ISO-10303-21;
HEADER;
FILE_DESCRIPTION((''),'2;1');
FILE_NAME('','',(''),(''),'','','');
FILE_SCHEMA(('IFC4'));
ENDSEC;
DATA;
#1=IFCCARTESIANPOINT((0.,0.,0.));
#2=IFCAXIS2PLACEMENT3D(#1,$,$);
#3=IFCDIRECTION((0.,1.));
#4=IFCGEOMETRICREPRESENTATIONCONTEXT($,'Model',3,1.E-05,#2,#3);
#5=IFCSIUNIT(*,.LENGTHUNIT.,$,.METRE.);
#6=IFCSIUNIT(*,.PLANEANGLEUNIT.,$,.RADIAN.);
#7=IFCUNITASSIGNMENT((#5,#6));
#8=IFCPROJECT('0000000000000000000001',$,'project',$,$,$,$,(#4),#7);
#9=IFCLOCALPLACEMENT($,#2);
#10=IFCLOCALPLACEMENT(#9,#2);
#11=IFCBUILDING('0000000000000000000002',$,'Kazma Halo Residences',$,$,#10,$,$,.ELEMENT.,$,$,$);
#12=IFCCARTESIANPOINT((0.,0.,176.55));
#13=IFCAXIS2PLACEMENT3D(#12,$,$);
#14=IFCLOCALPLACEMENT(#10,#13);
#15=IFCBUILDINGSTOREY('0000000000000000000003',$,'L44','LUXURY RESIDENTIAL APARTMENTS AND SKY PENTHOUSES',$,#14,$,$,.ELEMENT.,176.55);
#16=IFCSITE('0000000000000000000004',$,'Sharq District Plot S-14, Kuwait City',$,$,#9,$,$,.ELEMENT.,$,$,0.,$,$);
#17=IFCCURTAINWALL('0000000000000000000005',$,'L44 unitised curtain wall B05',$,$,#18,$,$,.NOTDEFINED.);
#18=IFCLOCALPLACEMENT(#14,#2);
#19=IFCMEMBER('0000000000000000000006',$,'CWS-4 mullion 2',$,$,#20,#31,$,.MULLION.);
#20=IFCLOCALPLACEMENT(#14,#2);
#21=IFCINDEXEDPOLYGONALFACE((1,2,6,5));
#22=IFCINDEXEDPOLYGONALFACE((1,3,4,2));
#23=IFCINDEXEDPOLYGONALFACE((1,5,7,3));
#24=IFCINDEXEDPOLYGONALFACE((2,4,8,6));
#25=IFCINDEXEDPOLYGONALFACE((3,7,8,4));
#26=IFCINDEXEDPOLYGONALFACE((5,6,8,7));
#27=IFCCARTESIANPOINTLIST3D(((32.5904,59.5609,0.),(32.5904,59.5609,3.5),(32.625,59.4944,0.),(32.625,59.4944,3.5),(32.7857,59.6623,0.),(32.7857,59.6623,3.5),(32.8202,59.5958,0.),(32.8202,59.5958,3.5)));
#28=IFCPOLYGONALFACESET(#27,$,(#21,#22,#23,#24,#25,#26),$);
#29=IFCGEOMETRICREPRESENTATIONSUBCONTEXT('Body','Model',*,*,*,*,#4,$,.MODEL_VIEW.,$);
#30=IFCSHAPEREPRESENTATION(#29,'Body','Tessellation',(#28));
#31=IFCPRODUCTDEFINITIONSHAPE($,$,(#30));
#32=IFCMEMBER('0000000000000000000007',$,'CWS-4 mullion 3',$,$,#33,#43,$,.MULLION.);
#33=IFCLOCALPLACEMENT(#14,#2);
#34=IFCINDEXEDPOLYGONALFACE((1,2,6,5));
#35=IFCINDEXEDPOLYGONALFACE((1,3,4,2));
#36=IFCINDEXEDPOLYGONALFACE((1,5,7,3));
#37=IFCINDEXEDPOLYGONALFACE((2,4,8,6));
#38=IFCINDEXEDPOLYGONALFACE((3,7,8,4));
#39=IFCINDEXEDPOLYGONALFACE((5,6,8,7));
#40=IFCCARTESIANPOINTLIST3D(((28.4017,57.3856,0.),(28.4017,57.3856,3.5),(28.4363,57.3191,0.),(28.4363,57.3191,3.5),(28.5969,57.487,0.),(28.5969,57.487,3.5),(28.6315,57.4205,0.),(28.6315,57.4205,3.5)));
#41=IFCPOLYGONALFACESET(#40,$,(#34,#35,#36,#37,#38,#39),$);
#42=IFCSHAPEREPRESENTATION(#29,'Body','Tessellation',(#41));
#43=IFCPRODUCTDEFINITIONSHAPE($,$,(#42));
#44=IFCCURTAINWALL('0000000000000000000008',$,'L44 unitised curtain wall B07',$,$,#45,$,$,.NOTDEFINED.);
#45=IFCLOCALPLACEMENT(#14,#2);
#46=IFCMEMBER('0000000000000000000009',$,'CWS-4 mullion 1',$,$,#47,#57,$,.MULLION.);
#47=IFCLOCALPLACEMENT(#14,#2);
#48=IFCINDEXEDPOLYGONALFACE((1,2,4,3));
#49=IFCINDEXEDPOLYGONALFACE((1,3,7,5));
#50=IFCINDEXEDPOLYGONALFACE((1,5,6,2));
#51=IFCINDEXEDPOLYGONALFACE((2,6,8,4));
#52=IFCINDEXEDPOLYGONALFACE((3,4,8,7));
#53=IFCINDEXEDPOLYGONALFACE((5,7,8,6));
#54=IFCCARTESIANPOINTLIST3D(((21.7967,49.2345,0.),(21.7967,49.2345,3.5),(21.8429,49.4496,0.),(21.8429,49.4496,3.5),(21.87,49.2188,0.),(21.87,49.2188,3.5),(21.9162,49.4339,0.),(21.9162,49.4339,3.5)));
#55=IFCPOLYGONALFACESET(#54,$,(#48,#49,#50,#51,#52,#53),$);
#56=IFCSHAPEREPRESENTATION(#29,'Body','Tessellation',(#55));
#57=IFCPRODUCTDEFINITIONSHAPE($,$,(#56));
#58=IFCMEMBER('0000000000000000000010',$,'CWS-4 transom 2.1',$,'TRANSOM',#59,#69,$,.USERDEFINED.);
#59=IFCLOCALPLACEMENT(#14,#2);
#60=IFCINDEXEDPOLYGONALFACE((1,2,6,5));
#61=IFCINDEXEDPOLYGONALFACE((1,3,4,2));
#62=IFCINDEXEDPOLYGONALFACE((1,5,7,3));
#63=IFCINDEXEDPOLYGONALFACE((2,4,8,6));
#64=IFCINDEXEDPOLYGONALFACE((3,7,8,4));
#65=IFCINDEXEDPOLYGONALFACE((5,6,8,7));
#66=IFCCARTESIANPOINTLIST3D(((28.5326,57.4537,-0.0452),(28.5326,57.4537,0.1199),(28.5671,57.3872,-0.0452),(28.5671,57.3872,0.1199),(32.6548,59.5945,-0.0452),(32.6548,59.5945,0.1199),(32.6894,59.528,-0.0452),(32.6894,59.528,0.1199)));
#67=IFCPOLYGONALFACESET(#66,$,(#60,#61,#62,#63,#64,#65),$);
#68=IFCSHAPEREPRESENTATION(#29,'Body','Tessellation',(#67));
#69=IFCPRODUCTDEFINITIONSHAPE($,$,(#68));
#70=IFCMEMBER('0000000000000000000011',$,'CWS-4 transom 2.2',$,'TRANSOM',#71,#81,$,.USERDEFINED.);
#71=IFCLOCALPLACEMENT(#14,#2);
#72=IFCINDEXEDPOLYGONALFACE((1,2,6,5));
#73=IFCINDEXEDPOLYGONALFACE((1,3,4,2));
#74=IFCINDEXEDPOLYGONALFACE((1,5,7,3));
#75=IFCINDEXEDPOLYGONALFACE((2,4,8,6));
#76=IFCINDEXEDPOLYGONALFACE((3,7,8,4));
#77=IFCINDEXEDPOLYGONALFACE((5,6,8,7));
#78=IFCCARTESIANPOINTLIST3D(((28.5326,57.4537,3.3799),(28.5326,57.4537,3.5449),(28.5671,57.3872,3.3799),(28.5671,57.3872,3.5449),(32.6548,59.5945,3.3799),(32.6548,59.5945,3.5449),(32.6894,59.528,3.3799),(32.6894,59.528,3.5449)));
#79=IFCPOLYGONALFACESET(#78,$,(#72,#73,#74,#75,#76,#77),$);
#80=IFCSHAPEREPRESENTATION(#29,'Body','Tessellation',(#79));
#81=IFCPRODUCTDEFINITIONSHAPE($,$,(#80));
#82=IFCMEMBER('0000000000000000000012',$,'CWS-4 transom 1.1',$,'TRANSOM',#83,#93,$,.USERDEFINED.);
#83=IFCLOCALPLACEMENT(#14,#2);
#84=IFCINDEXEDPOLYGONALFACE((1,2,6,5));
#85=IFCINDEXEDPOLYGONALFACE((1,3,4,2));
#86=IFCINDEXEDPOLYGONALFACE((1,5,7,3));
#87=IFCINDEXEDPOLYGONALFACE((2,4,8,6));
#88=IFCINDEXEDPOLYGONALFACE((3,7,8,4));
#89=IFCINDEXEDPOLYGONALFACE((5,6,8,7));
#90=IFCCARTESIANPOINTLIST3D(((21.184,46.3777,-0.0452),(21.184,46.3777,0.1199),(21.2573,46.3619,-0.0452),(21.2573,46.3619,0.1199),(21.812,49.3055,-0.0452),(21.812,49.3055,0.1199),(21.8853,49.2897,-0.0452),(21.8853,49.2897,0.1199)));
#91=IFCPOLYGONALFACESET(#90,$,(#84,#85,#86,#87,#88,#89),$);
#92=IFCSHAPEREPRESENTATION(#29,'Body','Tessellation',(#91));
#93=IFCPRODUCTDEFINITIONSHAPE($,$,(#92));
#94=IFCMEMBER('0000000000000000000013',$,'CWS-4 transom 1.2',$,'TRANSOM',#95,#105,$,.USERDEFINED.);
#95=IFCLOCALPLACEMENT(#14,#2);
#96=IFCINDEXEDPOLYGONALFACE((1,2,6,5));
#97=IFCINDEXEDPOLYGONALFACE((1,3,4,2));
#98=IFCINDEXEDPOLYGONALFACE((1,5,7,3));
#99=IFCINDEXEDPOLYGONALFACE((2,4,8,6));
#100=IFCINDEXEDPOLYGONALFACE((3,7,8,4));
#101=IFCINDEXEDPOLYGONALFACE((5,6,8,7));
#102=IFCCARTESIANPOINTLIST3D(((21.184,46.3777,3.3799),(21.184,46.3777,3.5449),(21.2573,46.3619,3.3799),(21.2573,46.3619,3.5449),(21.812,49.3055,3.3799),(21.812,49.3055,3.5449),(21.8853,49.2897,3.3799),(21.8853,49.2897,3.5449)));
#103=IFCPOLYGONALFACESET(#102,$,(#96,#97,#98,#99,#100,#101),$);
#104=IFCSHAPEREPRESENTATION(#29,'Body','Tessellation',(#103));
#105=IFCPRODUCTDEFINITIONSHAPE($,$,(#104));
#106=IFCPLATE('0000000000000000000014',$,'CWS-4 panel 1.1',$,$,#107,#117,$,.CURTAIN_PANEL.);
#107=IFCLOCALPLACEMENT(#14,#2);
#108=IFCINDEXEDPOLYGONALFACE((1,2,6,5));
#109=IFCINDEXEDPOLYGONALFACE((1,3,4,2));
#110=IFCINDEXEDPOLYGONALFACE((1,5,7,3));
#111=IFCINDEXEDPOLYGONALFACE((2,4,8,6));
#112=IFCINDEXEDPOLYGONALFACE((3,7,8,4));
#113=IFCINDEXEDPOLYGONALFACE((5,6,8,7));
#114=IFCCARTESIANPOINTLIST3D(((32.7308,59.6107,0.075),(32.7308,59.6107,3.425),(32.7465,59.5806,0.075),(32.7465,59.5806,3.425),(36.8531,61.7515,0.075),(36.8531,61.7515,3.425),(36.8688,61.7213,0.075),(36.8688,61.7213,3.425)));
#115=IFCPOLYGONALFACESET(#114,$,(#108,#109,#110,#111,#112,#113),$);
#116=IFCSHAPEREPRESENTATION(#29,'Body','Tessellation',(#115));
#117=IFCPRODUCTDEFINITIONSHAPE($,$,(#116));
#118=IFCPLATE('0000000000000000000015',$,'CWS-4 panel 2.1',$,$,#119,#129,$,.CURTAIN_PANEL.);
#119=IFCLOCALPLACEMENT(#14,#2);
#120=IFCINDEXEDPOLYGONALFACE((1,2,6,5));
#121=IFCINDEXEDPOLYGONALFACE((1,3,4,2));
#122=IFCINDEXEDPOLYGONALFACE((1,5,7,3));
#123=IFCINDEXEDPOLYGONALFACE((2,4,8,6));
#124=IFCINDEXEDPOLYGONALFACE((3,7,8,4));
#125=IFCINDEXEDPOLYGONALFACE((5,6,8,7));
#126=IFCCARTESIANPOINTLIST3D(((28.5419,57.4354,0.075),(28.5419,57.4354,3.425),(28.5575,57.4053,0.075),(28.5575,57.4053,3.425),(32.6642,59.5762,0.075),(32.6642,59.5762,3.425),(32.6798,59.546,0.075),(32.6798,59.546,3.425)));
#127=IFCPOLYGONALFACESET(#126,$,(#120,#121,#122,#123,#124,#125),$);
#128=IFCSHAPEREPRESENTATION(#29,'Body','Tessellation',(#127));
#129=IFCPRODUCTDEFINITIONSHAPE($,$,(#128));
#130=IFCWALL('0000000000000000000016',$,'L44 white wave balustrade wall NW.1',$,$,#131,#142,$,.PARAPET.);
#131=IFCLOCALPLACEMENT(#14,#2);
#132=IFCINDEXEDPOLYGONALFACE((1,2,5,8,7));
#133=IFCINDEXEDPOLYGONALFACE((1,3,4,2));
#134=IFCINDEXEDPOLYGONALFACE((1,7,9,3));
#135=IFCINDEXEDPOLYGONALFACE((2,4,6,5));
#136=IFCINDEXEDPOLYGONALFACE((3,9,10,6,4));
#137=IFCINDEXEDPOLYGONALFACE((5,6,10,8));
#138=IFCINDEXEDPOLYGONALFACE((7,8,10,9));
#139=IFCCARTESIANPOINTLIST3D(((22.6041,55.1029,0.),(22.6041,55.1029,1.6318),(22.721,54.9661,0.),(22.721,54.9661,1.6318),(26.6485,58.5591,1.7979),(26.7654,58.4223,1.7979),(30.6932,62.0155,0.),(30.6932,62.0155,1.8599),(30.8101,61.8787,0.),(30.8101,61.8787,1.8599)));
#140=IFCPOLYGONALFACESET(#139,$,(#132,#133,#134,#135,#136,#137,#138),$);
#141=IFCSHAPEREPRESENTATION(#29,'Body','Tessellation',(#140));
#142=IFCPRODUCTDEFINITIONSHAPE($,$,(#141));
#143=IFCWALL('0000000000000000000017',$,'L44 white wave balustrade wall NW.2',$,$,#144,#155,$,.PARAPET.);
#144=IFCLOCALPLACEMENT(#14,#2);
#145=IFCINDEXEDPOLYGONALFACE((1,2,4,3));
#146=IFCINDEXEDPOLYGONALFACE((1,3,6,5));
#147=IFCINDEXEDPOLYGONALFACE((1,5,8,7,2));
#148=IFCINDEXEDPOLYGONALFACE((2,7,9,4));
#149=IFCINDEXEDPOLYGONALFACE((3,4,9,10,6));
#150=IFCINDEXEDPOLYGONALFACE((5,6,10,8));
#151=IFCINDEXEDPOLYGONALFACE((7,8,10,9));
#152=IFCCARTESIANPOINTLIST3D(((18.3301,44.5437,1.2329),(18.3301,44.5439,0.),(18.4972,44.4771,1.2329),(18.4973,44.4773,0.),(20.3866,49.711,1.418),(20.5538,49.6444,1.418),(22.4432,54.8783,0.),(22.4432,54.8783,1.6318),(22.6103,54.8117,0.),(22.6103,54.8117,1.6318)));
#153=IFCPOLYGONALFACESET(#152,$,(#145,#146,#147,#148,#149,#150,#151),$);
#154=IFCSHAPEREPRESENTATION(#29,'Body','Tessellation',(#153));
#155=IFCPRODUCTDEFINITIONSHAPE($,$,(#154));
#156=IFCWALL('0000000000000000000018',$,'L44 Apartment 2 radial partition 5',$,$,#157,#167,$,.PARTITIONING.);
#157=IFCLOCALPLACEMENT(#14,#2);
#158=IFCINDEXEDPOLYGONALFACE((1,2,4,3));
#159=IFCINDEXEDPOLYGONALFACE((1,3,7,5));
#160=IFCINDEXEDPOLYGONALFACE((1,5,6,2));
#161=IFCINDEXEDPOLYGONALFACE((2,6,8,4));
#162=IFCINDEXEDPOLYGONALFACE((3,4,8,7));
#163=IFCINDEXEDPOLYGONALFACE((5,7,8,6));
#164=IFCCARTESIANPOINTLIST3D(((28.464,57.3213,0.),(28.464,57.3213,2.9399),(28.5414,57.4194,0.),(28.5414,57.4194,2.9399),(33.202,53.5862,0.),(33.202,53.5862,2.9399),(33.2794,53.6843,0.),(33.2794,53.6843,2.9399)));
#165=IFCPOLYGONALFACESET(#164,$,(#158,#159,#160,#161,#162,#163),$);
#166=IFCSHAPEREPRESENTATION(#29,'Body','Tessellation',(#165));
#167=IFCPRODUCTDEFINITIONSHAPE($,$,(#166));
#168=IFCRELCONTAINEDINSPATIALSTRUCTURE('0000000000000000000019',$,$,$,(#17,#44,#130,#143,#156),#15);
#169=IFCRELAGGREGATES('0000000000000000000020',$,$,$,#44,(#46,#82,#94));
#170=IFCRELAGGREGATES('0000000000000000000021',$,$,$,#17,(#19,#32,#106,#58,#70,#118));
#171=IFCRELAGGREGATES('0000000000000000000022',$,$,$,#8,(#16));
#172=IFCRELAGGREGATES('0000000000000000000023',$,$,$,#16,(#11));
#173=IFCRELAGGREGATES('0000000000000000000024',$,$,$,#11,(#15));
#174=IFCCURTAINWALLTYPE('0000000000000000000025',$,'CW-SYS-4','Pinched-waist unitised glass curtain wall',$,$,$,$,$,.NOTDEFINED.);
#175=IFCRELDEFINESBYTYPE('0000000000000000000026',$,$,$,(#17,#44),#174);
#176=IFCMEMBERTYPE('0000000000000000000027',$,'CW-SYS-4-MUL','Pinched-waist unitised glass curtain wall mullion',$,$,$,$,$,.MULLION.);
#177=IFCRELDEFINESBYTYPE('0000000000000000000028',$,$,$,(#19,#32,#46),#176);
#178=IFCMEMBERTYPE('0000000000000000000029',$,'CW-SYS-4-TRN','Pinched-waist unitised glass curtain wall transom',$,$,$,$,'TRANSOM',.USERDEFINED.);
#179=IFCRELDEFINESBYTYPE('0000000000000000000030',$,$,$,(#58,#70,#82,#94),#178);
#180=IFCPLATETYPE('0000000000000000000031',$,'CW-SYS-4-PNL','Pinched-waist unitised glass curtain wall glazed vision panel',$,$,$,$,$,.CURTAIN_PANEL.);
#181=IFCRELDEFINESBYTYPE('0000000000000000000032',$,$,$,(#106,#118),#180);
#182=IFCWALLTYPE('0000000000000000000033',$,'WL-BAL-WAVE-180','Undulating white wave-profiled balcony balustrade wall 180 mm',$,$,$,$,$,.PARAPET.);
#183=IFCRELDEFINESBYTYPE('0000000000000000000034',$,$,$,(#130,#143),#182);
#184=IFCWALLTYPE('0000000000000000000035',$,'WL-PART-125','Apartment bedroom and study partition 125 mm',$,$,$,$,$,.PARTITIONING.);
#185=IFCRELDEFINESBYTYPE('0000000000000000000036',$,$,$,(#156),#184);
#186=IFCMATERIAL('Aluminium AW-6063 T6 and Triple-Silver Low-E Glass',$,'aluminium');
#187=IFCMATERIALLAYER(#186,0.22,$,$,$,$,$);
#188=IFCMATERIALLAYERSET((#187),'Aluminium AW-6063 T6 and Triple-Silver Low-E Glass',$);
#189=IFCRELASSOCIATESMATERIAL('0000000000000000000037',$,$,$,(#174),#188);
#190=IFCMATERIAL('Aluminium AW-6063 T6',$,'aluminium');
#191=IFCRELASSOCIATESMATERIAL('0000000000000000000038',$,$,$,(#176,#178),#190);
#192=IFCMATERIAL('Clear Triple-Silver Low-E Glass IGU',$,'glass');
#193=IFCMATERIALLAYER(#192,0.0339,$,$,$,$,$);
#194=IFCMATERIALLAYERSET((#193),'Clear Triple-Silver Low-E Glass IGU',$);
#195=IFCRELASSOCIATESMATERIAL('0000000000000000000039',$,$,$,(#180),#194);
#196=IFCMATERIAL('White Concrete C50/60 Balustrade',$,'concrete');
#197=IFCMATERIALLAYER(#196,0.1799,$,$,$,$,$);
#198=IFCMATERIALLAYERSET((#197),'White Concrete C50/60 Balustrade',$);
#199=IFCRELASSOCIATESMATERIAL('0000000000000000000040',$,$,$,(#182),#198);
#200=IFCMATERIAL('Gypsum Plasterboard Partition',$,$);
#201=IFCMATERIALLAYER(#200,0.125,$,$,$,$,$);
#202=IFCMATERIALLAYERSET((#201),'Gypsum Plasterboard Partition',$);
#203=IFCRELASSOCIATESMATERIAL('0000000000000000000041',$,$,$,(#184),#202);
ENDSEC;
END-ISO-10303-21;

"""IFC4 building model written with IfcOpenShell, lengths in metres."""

from ifc_helpers import new_model, si_unit, direction, frame, frame_2d, origin, origin_2d, place, context, subcontext, project, spatial, polyline, rectangle, outline, extrude, material, layer, layer_set, material_profile, profile_set, type_object, element, aggregate, save


model = new_model("IFC4")

# Units and contexts
model_context = context("Model", 3, precision=1e-05, world=origin(), true_north=direction((0.0, 1.0)))
body_context = subcontext(model_context, "Body", "Model", "MODEL_VIEW")
ifc_project = project(units=[si_unit("LENGTHUNIT", "METRE"), si_unit("PLANEANGLEUNIT", "RADIAN")], contexts=[model_context])

# Site, building, storey
site_placement = place(None, origin())
site = spatial("IfcSite", under=ifc_project, at=site_placement, Name="Sharq District Plot S-14, Kuwait City", CompositionType="ELEMENT", RefElevation=0.0)
building_placement = place(site_placement, origin())
building = spatial("IfcBuilding", under=site, at=building_placement, Name="Kazma Halo Residences", CompositionType="ELEMENT")
storey_placement = place(building_placement, frame((0.0, 0.0, 176.55)))
storey = spatial("IfcBuildingStorey", under=building, at=storey_placement, Name="L44", Description="LUXURY RESIDENTIAL APARTMENTS AND SKY PENTHOUSES", CompositionType="ELEMENT", Elevation=176.55)

# Curtain wall, members
ifc_material_1 = material(Name="Aluminium AW-6063 T6 and Triple-Silver Low-E Glass", Category="aluminium")
ifc_layer_1 = layer(ifc_material_1, 0.22)
ifc_layer_set_1 = layer_set([ifc_layer_1], Name="Aluminium AW-6063 T6 and Triple-Silver Low-E Glass")
curtain_wall_type = type_object("IfcCurtainWallType", Name="CW-SYS-4", Description="Pinched-waist unitised glass curtain wall", PredefinedType="NOTDEFINED", material=ifc_layer_set_1)
curtain_wall_1_placement = place(storey_placement, origin())
curtain_wall_1 = element("IfcCurtainWall", 1, at=curtain_wall_1_placement, inside=storey, type_object=curtain_wall_type, Name="L44 unitised curtain wall B05", PredefinedType="NOTDEFINED")
ifc_material_2 = material(Name="Aluminium AW-6063 T6", Category="aluminium")
ifc_material_profile_1 = material_profile(ifc_material_2, rectangle(XDim=0.075, YDim=0.22, at=origin_2d()), Name="CWM-75x220")
ifc_profile_set_1 = profile_set([ifc_material_profile_1], Name="Aluminium AW-6063 T6")
member_type_1 = type_object("IfcMemberType", Name="CW-SYS-4-MUL", Description="Pinched-waist unitised glass curtain wall mullion", PredefinedType="MULLION", material=ifc_profile_set_1)
member_1_placement = place(storey_placement, frame((32.7053, 59.5784, 0.0), z_axis=(0.0, 0.0, 1.0), x_axis=(0.460874, -0.887466, 0.0)))
member_1 = element("IfcMember", 2, at=member_1_placement, type_object=member_type_1, Name="CWS-4 mullion 2", PredefinedType="MULLION", context=body_context, shape_type="SweptSolid", body=[
    extrude(rectangle(XDim=0.075, YDim=0.22, at=origin_2d()), origin(), (0.0, 0.0, 1.0), 3.5),
])
member_2_placement = place(storey_placement, frame((28.5166, 57.4031, 0.0), z_axis=(0.0, 0.0, 1.0), x_axis=(0.460874, -0.887466, 0.0)))
member_2 = element("IfcMember", 3, at=member_2_placement, type_object=member_type_1, Name="CWS-4 mullion 3", PredefinedType="MULLION", context=body_context, shape_type="SweptSolid", body=[
    extrude(rectangle(XDim=0.075, YDim=0.22, at=origin_2d()), origin(), (0.0, 0.0, 1.0), 3.5),
])

# Curtain wall, member
curtain_wall_2_placement = place(storey_placement, origin())
curtain_wall_2 = element("IfcCurtainWall", 4, at=curtain_wall_2_placement, inside=storey, type_object=curtain_wall_type, Name="L44 unitised curtain wall B07", PredefinedType="NOTDEFINED")
member_3_placement = place(storey_placement, frame((21.8564, 49.3342, 0.0), z_axis=(0.0, 0.0, 1.0), x_axis=(0.977768, -0.20969, 0.0)))
member_3 = element("IfcMember", 5, at=member_3_placement, type_object=member_type_1, Name="CWS-4 mullion 1", PredefinedType="MULLION", context=body_context, shape_type="SweptSolid", body=[
    extrude(rectangle(XDim=0.075, YDim=0.22, at=origin_2d()), origin(), (0.0, 0.0, 1.0), 3.5),
])

# Members
ifc_material_profile_2 = material_profile(ifc_material_2, rectangle(XDim=0.075, YDim=0.165, at=origin_2d()), Name="CWT-75x165")
ifc_profile_set_2 = profile_set([ifc_material_profile_2], Name="Aluminium AW-6063 T6")
member_type_2 = type_object("IfcMemberType", Name="CW-SYS-4-TRN", Description="Pinched-waist unitised glass curtain wall transom", ElementType="TRANSOM", PredefinedType="USERDEFINED", material=ifc_profile_set_2)
member_4_placement = place(storey_placement, frame((32.6721, 59.5613, 0.0374), z_axis=(-0.887458, -0.460889, 0.0), x_axis=(0.460889, -0.887458, 0.0)))
member_4 = element("IfcMember", 6, at=member_4_placement, type_object=member_type_2, Name="CWS-4 transom 2.1", ObjectType="TRANSOM", PredefinedType="USERDEFINED", context=body_context, shape_type="SweptSolid", body=[
    extrude(rectangle(XDim=0.075, YDim=0.165, at=origin_2d()), origin(), (0.0, 0.0, 1.0), 4.645),
])
member_5_placement = place(storey_placement, frame((32.6721, 59.5613, 3.4624), z_axis=(-0.887458, -0.460889, 0.0), x_axis=(0.460889, -0.887458, 0.0)))
member_5 = element("IfcMember", 7, at=member_5_placement, type_object=member_type_2, Name="CWS-4 transom 2.2", ObjectType="TRANSOM", PredefinedType="USERDEFINED", context=body_context, shape_type="SweptSolid", body=[
    extrude(rectangle(XDim=0.075, YDim=0.165, at=origin_2d()), origin(), (0.0, 0.0, 1.0), 4.645),
])
member_6_placement = place(storey_placement, frame((21.8486, 49.2976, 0.0374), z_axis=(-0.209707, -0.977764, 0.0), x_axis=(0.977764, -0.209707, 0.0)))
member_6 = element("IfcMember", 8, at=member_6_placement, type_object=member_type_2, Name="CWS-4 transom 1.1", ObjectType="TRANSOM", PredefinedType="USERDEFINED", context=body_context, shape_type="SweptSolid", body=[
    extrude(rectangle(XDim=0.075, YDim=0.165, at=origin_2d()), origin(), (0.0, 0.0, 1.0), 2.9944),
])
member_7_placement = place(storey_placement, frame((21.8486, 49.2976, 3.4624), z_axis=(-0.209707, -0.977764, 0.0), x_axis=(0.977764, -0.209707, 0.0)))
member_7 = element("IfcMember", 9, at=member_7_placement, type_object=member_type_2, Name="CWS-4 transom 1.2", ObjectType="TRANSOM", PredefinedType="USERDEFINED", context=body_context, shape_type="SweptSolid", body=[
    extrude(rectangle(XDim=0.075, YDim=0.165, at=origin_2d()), origin(), (0.0, 0.0, 1.0), 2.9944),
])
aggregate(curtain_wall_2, [member_3, member_6, member_7])

# Plates
ifc_material_3 = material(Name="Clear Triple-Silver Low-E Glass IGU", Category="glass")
ifc_layer_2 = layer(ifc_material_3, 0.0339)
ifc_layer_set_2 = layer_set([ifc_layer_2], Name="Clear Triple-Silver Low-E Glass IGU")
plate_type = type_object("IfcPlateType", Name="CW-SYS-4-PNL", Description="Pinched-waist unitised glass curtain wall glazed vision panel", PredefinedType="CURTAIN_PANEL", material=ifc_layer_set_2)
plate_1_placement = place(storey_placement, frame((34.7998, 60.666, 0.075), z_axis=(0.0, 0.0, 1.0), x_axis=(-0.887466, -0.460874, 0.0)))
plate_1 = element("IfcPlate", 10, at=plate_1_placement, type_object=plate_type, Name="CWS-4 panel 1.1", PredefinedType="CURTAIN_PANEL", context=body_context, shape_type="SweptSolid", body=[
    extrude(rectangle(XDim=4.645, YDim=0.0339, at=origin_2d()), origin(), (0.0, 0.0, 1.0), 3.3501),
])
plate_2_placement = place(storey_placement, frame((30.6108, 58.4907, 0.075), z_axis=(0.0, 0.0, 1.0), x_axis=(-0.887466, -0.460874, 0.0)))
plate_2 = element("IfcPlate", 11, at=plate_2_placement, type_object=plate_type, Name="CWS-4 panel 2.1", PredefinedType="CURTAIN_PANEL", context=body_context, shape_type="SweptSolid", body=[
    extrude(rectangle(XDim=4.645, YDim=0.0339, at=origin_2d()), origin(), (0.0, 0.0, 1.0), 3.3501),
])
aggregate(curtain_wall_1, [member_1, member_2, plate_1, member_4, member_5, plate_2])

# Walls
ifc_material_4 = material(Name="White Concrete C50/60 Balustrade", Category="concrete")
ifc_layer_3 = layer(ifc_material_4, 0.1799)
ifc_layer_set_3 = layer_set([ifc_layer_3], Name="White Concrete C50/60 Balustrade")
wall_type_1 = type_object("IfcWallType", Name="WL-BAL-WAVE-180", Description="Undulating white wave-profiled balcony balustrade wall 180 mm", PredefinedType="PARAPET", material=ifc_layer_set_3)
wall_1_placement = place(storey_placement, frame((30.7517, 61.947, 0.0), z_axis=(0.0, 0.0, 1.0), x_axis=(-0.760228, -0.649657, 0.0)))
element("IfcWall", 12, at=wall_1_placement, inside=storey, type_object=wall_type_1, Name="L44 white wave balustrade wall NW.1", PredefinedType="PARAPET", context=body_context, shape_type="SweptSolid", body=[
    extrude(outline(polyline([(0.0, 0.0), (10.6404, 0.0), (10.6404, 1.6318), (5.3203, 1.7979), (0.0, 1.8599), (0.0, 0.0)])), frame((0.0, 0.0898, 0.0), z_axis=(0.0, -1.0, 0.0), x_axis=(1.0, 0.0, 0.0)), (0.0, 0.0, 1.0), 0.1799),
])
wall_2_placement = place(storey_placement, frame((22.5269, 54.845, 0.0), z_axis=(0.0, 0.0, 1.0), x_axis=(-0.369782, -0.929119, 0.0)))
element("IfcWall", 13, at=wall_2_placement, inside=storey, type_object=wall_type_1, Name="L44 white wave balustrade wall NW.2", PredefinedType="PARAPET", context=body_context, shape_type="SweptSolid", body=[
    extrude(outline(polyline([(0.0, 0.0), (11.1228, 0.0), (11.123, 1.2329), (5.5615, 1.418), (0.0, 1.6318), (0.0, 0.0)])), frame((0.0, 0.0898, 0.0), z_axis=(0.0, -1.0, 0.0), x_axis=(1.0, 0.0, 0.0)), (0.0, 0.0, 1.0), 0.1799),
])

# Wall
ifc_material_5 = material(Name="Gypsum Plasterboard Partition")
ifc_layer_4 = layer(ifc_material_5, 0.125)
ifc_layer_set_4 = layer_set([ifc_layer_4], Name="Gypsum Plasterboard Partition")
wall_type_2 = type_object("IfcWallType", Name="WL-PART-125", Description="Apartment bedroom and study partition 125 mm", PredefinedType="PARTITIONING", material=ifc_layer_set_4)
wall_3_placement = place(storey_placement, frame((33.2407, 53.6353, 0.0), z_axis=(0.0, 0.0, 1.0), x_axis=(-0.785322, 0.619088, 0.0)))
element("IfcWall", 14, at=wall_3_placement, inside=storey, type_object=wall_type_2, Name="L44 Apartment 2 radial partition 5", PredefinedType="PARTITIONING", context=body_context, shape_type="SweptSolid", body=[
    extrude(rectangle(XDim=6.0332, YDim=0.125, at=frame_2d((3.0166, 0.0))), origin(), (0.0, 0.0, 1.0), 2.9399),
])

save(model, "model.ifc")
